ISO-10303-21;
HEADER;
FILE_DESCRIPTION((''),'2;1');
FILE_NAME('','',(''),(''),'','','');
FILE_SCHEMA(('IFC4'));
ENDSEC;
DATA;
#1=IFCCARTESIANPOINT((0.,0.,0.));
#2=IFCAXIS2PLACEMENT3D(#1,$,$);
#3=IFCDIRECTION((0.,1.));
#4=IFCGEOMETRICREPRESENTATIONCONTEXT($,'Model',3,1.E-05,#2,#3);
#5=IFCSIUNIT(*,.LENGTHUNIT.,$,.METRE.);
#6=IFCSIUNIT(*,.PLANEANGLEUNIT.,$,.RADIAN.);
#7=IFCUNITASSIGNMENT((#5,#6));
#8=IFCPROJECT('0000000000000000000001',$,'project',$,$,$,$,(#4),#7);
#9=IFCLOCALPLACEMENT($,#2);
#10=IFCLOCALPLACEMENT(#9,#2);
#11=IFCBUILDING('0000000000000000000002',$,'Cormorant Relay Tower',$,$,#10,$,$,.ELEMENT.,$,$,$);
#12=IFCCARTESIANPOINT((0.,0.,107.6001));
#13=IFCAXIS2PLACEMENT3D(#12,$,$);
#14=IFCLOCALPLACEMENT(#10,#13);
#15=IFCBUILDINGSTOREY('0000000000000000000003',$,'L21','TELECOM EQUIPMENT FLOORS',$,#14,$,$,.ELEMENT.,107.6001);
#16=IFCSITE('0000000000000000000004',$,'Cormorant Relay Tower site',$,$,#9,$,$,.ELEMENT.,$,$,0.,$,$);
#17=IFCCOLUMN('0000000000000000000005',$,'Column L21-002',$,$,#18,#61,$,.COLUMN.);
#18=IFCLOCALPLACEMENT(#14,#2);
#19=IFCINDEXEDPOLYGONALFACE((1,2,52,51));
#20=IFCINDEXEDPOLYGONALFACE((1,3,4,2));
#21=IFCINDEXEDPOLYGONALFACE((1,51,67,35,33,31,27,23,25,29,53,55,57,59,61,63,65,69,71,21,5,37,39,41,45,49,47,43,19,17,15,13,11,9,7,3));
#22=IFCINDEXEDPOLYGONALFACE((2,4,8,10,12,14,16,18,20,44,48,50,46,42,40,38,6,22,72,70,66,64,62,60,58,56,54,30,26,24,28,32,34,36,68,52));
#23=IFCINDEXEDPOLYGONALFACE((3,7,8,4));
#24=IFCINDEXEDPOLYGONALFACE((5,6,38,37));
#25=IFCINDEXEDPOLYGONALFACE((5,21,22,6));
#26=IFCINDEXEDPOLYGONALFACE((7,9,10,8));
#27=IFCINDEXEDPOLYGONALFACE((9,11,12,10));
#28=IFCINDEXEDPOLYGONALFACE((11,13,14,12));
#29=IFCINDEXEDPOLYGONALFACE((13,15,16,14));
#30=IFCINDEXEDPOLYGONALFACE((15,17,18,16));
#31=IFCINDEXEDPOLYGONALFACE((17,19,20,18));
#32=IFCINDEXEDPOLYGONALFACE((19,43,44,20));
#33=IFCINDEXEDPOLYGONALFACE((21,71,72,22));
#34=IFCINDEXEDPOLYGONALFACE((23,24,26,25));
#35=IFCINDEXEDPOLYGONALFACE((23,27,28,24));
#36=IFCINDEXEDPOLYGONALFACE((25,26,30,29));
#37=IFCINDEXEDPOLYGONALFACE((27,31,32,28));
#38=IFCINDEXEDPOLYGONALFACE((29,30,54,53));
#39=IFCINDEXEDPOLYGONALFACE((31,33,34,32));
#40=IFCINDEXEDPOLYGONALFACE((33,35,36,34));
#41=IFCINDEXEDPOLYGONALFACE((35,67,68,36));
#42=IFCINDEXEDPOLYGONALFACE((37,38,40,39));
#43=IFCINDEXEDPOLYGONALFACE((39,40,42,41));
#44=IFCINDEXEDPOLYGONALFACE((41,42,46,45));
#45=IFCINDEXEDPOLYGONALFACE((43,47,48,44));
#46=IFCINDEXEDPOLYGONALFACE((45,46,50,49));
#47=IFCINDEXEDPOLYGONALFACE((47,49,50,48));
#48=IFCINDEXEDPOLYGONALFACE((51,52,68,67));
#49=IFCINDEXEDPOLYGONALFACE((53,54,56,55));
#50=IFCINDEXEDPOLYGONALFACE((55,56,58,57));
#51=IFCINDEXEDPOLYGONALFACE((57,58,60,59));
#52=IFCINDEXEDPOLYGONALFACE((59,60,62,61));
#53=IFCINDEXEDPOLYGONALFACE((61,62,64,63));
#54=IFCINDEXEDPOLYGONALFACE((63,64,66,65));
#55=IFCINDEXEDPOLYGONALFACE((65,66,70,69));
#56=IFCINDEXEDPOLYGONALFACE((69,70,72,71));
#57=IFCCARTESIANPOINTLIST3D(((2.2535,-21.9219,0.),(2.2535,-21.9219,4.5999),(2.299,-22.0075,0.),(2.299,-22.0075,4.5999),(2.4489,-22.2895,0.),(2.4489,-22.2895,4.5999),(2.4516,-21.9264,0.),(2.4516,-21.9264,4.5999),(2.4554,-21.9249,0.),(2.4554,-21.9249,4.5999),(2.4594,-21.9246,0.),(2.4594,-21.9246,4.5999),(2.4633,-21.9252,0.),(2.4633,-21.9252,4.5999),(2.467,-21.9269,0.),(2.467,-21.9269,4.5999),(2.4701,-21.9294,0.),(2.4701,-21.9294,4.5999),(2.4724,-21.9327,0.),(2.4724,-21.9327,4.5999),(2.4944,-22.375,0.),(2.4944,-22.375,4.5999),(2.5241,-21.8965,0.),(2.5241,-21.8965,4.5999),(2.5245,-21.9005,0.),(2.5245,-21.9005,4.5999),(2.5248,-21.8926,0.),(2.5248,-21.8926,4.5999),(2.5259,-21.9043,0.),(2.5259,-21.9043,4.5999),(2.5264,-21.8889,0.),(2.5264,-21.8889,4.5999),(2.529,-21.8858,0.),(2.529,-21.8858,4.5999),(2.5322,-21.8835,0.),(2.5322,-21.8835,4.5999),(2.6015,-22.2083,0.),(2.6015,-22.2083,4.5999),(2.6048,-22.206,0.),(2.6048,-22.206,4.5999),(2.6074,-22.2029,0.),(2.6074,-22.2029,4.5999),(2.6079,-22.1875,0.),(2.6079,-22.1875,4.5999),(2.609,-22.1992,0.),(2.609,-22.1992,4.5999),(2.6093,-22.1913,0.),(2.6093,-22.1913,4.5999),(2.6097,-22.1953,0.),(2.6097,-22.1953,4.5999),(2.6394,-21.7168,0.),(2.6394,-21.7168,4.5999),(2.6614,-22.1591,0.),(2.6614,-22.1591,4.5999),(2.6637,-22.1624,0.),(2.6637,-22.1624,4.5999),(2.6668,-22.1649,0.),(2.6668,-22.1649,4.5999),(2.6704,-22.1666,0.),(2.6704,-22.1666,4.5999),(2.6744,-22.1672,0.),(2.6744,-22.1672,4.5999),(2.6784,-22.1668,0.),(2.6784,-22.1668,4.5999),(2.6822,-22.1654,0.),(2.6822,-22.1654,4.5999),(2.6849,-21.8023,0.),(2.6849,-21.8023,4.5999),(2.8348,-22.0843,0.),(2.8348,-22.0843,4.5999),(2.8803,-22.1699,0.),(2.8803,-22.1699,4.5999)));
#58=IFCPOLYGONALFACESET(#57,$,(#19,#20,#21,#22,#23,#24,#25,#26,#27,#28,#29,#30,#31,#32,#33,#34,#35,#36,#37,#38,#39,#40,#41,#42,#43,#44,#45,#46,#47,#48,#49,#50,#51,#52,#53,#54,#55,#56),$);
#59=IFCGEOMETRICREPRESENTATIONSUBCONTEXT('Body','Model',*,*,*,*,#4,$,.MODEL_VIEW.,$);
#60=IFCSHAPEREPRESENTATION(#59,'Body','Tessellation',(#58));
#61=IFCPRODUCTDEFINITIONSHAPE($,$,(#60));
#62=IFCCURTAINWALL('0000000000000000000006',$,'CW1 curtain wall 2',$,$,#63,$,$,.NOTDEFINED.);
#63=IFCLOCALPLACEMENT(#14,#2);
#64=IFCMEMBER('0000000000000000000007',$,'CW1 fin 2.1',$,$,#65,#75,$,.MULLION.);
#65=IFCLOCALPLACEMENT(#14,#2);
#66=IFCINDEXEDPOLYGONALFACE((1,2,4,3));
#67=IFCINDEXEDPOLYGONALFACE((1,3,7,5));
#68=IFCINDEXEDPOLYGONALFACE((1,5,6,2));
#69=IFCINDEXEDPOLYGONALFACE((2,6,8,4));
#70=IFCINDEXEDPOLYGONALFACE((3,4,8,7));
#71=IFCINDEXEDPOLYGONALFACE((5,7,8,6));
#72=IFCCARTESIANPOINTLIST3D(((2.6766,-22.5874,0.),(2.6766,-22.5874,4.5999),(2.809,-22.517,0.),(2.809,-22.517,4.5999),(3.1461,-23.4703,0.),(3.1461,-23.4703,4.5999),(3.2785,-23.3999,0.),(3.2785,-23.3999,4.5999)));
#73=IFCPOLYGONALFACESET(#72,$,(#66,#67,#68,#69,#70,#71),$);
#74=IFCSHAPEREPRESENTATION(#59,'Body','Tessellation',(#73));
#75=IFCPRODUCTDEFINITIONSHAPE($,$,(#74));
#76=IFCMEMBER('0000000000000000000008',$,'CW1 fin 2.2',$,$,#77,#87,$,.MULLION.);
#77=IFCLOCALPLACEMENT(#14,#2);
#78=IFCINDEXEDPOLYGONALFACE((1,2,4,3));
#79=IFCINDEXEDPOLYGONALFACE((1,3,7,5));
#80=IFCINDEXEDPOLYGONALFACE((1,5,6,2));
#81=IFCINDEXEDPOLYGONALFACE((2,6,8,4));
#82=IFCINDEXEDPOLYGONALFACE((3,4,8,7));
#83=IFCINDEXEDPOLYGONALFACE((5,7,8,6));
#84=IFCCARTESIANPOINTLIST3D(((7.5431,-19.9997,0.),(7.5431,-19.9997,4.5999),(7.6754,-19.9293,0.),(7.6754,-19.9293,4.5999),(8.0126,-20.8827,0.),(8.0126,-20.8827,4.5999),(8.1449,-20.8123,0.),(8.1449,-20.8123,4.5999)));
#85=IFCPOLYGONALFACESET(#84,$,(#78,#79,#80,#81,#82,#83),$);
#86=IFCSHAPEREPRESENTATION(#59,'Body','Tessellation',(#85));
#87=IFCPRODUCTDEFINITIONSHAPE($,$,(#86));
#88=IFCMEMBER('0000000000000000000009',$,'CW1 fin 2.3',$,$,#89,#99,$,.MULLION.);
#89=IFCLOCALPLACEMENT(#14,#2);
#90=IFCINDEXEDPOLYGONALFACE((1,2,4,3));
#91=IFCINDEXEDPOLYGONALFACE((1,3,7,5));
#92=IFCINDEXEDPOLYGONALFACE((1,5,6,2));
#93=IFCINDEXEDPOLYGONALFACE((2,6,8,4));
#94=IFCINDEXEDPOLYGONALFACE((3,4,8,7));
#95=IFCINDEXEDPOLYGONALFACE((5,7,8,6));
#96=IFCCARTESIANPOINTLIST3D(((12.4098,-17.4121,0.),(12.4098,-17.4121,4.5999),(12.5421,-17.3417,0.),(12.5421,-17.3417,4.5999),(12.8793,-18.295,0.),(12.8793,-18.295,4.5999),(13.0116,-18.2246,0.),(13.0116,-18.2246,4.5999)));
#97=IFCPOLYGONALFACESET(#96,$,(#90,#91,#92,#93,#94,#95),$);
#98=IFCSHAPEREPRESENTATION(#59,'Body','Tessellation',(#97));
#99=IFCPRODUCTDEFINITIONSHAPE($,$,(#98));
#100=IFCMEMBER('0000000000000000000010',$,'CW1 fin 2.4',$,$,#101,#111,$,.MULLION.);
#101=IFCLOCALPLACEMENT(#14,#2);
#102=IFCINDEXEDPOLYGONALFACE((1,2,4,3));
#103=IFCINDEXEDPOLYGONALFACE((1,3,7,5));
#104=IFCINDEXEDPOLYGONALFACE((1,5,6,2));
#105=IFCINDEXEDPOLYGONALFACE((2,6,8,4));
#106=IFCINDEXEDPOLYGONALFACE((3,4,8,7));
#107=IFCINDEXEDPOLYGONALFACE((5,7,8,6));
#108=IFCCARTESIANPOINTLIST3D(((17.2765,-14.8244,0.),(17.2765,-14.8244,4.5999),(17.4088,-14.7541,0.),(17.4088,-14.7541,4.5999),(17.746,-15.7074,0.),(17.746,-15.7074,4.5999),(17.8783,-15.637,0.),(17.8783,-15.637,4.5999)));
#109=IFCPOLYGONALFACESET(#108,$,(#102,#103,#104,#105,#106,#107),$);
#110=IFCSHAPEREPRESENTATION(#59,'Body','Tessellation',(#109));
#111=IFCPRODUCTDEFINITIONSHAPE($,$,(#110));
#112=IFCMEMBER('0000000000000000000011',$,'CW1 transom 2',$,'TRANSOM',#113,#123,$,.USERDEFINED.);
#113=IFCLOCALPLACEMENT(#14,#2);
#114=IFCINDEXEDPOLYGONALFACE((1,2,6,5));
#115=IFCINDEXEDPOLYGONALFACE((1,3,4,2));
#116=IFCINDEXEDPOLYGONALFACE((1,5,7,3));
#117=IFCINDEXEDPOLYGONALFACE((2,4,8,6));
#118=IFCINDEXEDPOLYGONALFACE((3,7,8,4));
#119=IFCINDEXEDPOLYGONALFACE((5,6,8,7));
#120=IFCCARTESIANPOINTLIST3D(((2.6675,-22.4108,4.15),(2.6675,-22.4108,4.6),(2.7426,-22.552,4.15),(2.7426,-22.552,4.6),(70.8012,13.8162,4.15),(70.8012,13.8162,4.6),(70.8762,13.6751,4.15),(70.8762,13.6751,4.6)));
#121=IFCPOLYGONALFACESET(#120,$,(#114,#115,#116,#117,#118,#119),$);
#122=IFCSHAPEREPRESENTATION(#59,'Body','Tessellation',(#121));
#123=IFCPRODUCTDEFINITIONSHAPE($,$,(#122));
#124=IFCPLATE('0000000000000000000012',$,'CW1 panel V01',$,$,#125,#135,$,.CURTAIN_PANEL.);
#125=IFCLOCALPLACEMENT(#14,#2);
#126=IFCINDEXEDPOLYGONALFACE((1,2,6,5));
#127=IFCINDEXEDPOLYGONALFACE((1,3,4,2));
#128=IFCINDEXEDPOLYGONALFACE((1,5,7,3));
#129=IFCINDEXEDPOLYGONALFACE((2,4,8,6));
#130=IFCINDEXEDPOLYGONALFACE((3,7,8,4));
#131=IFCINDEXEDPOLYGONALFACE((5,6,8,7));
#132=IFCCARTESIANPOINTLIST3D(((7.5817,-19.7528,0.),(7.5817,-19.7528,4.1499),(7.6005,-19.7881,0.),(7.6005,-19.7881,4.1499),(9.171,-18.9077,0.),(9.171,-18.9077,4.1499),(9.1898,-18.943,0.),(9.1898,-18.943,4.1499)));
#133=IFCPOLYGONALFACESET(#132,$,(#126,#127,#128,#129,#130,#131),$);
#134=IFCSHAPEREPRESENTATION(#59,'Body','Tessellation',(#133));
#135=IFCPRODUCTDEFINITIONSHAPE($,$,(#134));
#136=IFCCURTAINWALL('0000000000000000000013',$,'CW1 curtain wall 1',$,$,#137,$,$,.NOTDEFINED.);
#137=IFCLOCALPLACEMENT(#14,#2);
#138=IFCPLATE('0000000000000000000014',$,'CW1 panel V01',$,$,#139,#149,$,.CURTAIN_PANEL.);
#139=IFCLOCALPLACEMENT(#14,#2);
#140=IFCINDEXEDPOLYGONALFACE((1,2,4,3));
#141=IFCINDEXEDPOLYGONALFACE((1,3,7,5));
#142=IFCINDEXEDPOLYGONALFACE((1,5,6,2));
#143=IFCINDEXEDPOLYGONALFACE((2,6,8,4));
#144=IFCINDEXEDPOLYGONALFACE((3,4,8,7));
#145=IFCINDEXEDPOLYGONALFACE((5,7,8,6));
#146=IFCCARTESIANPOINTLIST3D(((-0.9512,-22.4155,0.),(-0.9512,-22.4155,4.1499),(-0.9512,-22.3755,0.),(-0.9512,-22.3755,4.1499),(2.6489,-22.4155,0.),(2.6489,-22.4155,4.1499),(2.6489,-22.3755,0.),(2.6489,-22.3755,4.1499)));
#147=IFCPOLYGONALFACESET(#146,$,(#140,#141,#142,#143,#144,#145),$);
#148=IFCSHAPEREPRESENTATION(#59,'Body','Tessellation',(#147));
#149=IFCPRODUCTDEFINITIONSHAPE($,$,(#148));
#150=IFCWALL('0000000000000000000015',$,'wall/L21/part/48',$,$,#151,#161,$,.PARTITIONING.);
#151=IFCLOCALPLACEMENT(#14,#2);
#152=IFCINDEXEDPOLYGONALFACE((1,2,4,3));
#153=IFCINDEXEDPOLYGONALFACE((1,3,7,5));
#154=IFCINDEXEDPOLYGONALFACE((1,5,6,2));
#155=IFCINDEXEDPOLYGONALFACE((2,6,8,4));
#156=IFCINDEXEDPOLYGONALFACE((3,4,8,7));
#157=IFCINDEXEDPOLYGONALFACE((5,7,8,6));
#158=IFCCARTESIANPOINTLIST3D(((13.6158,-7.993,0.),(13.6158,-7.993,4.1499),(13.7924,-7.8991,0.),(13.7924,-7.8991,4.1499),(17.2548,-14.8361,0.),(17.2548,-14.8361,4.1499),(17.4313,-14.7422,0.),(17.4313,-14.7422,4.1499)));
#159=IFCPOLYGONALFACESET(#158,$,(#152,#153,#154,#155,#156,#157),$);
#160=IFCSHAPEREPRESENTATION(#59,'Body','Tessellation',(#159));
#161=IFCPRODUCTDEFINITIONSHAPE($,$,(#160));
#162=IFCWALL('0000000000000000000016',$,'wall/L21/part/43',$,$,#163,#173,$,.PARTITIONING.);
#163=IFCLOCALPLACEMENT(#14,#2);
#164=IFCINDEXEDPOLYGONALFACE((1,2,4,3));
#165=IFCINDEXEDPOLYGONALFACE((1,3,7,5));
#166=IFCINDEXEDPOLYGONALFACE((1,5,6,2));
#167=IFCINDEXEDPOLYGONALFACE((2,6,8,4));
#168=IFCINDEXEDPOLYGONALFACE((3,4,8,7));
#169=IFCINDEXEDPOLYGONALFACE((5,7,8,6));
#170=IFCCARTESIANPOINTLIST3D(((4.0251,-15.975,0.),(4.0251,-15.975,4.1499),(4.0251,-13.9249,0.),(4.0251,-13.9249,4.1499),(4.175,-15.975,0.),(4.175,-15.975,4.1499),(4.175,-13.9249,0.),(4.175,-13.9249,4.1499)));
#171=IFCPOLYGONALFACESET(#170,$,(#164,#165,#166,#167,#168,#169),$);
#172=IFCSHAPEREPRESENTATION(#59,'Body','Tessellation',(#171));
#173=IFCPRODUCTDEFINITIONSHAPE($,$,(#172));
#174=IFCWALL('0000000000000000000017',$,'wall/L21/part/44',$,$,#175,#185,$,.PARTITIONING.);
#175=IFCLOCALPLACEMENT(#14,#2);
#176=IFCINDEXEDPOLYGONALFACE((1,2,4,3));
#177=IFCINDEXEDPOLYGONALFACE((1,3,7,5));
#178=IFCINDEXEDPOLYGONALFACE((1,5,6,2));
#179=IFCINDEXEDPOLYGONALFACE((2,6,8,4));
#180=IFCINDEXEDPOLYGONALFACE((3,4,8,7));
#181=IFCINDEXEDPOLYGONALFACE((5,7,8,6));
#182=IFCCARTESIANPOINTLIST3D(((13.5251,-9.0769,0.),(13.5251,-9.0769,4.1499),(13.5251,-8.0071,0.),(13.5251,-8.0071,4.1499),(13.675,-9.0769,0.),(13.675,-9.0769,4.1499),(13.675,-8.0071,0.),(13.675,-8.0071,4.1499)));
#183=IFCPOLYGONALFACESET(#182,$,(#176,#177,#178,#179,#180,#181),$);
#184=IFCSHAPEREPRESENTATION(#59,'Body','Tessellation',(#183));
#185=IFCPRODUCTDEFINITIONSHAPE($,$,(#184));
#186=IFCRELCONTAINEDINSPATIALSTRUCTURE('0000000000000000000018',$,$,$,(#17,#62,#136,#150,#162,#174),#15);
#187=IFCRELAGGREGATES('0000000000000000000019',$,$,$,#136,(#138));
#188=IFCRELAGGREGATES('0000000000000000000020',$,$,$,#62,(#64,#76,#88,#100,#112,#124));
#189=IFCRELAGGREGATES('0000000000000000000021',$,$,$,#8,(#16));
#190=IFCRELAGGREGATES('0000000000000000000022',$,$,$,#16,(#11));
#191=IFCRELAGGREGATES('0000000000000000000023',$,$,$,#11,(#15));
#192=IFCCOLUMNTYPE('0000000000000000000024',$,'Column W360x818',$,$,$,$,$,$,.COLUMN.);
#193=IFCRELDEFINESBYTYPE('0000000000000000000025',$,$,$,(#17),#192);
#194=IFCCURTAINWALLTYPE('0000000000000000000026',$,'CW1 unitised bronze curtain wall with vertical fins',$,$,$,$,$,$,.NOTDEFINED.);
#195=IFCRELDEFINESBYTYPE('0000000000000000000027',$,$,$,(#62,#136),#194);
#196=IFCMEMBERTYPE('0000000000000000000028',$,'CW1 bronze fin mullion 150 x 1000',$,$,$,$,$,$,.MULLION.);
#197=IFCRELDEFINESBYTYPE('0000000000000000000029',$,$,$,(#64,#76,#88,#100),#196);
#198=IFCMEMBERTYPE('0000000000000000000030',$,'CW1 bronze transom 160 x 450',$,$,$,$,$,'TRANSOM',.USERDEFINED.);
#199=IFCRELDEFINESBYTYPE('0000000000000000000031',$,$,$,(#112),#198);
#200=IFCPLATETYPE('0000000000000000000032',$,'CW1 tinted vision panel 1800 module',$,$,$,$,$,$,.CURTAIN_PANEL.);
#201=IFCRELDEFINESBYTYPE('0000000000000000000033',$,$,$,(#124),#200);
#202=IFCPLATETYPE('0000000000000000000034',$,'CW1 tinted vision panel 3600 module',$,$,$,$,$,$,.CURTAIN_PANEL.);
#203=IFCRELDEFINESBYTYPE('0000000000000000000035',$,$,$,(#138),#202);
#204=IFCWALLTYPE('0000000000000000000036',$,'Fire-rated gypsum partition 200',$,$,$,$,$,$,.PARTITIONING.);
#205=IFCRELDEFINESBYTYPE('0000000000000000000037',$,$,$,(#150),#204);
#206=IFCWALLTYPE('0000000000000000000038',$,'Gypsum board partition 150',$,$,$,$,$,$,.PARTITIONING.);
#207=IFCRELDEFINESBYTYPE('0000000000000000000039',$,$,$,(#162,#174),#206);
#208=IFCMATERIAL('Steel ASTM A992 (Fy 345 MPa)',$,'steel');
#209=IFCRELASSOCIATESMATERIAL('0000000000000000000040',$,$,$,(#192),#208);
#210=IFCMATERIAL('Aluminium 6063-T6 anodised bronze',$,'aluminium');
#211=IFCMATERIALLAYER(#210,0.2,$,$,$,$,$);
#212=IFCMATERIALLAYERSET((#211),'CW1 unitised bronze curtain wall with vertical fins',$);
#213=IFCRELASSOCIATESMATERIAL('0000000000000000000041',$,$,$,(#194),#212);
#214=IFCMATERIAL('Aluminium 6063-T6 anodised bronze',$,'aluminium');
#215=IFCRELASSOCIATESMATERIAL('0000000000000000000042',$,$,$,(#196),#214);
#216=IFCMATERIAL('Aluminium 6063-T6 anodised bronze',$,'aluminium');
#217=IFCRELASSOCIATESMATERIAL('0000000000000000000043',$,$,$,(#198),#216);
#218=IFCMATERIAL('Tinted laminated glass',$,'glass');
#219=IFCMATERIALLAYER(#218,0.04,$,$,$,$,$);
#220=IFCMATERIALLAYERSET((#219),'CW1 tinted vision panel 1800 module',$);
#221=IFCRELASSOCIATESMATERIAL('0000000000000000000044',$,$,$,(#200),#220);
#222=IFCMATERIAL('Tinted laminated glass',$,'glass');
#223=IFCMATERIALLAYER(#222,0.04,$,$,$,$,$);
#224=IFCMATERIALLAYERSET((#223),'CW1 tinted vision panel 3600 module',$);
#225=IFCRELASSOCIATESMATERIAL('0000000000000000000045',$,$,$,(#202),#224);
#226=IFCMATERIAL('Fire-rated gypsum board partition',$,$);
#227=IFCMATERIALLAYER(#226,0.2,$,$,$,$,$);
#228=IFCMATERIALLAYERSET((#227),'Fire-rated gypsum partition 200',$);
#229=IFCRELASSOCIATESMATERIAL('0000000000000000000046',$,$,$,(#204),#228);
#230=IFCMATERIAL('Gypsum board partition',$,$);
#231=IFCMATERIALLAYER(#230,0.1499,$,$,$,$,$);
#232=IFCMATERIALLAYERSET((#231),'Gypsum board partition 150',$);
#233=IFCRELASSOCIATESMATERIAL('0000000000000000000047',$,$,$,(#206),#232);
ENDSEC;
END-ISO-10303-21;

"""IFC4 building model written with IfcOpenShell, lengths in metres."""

from ifc_helpers import new_model, si_unit, direction, frame, frame_2d, origin, origin_2d, place, context, subcontext, project, spatial, rectangle, i_section, extrude, material, layer, layer_set, material_profile, profile_set, type_object, element, aggregate, save


model = new_model("IFC4")

# Units and contexts
model_context = context("Model", 3, precision=1e-05, world=origin(), true_north=direction((0.0, 1.0)))
body_context = subcontext(model_context, "Body", "Model", "MODEL_VIEW")
ifc_project = project(units=[si_unit("LENGTHUNIT", "METRE"), si_unit("PLANEANGLEUNIT", "RADIAN")], contexts=[model_context])

# Site, building, storey
site_placement = place(None, origin())
site = spatial("IfcSite", under=ifc_project, at=site_placement, Name="Cormorant Relay Tower site", CompositionType="ELEMENT", RefElevation=0.0)
building_placement = place(site_placement, origin())
building = spatial("IfcBuilding", under=site, at=building_placement, Name="Cormorant Relay Tower", CompositionType="ELEMENT")
storey_placement = place(building_placement, frame((0.0, 0.0, 107.6001)))
storey = spatial("IfcBuildingStorey", under=building, at=storey_placement, Name="L21", Description="TELECOM EQUIPMENT FLOORS", CompositionType="ELEMENT", Elevation=107.6001)

# Column
ifc_material_1 = material(Name="Steel ASTM A992 (Fy 345 MPa)", Category="steel")
ifc_material_profile_1 = material_profile(ifc_material_1, i_section(OverallWidth=0.437, OverallDepth=0.5132, WebThickness=0.0605, FlangeThickness=0.0969, FilletRadius=0.0154, at=origin_2d()), Name="W360x818")
ifc_profile_set_1 = profile_set([ifc_material_profile_1], Name="Steel ASTM A992 (Fy 345 MPa)")
column_type_1 = type_object("IfcColumnType", Name="Column W360x818", PredefinedType="COLUMN", material=ifc_profile_set_1)
column_1_placement = place(storey_placement, frame((2.5669, -22.0459, 0.0), z_axis=(0.0, 0.0, 1.0), x_axis=(0.882948, 0.469472, 0.0)))
element("IfcColumn", 1, at=column_1_placement, inside=storey, type_object=column_type_1, Name="Column L21-002", PredefinedType="COLUMN", context=body_context, shape_type="SweptSolid", body=[
    extrude(i_section(OverallWidth=0.437, OverallDepth=0.5132, WebThickness=0.0605, FlangeThickness=0.0969, FilletRadius=0.0154, at=origin_2d()), origin(), (0.0, 0.0, 1.0), 4.5999),
])

# Curtain wall, members, plate
ifc_material_2 = material(Name="Aluminium 6063-T6 anodised bronze", Category="aluminium")
ifc_layer_1 = layer(ifc_material_2, 0.2)
ifc_layer_set_1 = layer_set([ifc_layer_1], Name="CW1 unitised bronze curtain wall with vertical fins")
curtain_wall_type = type_object("IfcCurtainWallType", Name="CW1 unitised bronze curtain wall with vertical fins", PredefinedType="NOTDEFINED", material=ifc_layer_set_1)
curtain_wall_1_placement = place(storey_placement, origin())
curtain_wall_1 = element("IfcCurtainWall", 2, at=curtain_wall_1_placement, inside=storey, type_object=curtain_wall_type, Name="CW1 curtain wall 2", PredefinedType="NOTDEFINED")
ifc_material_3 = material(Name="Aluminium 6063-T6 anodised bronze", Category="aluminium")
ifc_material_profile_2 = material_profile(ifc_material_3, rectangle(XDim=0.1499, YDim=1.0, at=origin_2d()), Name="AL 150x1000")
ifc_profile_set_2 = profile_set([ifc_material_profile_2], Name="Aluminium 6063-T6 anodised bronze")
member_type_1 = type_object("IfcMemberType", Name="CW1 bronze fin mullion 150 x 1000", PredefinedType="MULLION", material=ifc_profile_set_2)
member_1_placement = place(storey_placement, frame((2.9775, -22.9937, 0.0), z_axis=(0.0, 0.0, 1.0), x_axis=(0.882948, 0.469472, 0.0)))
member_1 = element("IfcMember", 3, at=member_1_placement, type_object=member_type_1, Name="CW1 fin 2.1", PredefinedType="MULLION", context=body_context, shape_type="SweptSolid", body=[
    extrude(rectangle(XDim=0.1499, YDim=1.0, at=origin_2d()), origin(), (0.0, 0.0, 1.0), 4.5999),
])
member_2_placement = place(storey_placement, frame((7.844, -20.406, 0.0), z_axis=(0.0, 0.0, 1.0), x_axis=(0.882948, 0.469472, 0.0)))
member_2 = element("IfcMember", 4, at=member_2_placement, type_object=member_type_1, Name="CW1 fin 2.2", PredefinedType="MULLION", context=body_context, shape_type="SweptSolid", body=[
    extrude(rectangle(XDim=0.1499, YDim=1.0, at=origin_2d()), origin(), (0.0, 0.0, 1.0), 4.5999),
])
member_3_placement = place(storey_placement, frame((12.7107, -17.8184, 0.0), z_axis=(0.0, 0.0, 1.0), x_axis=(0.882948, 0.469472, 0.0)))
member_3 = element("IfcMember", 5, at=member_3_placement, type_object=member_type_1, Name="CW1 fin 2.3", PredefinedType="MULLION", context=body_context, shape_type="SweptSolid", body=[
    extrude(rectangle(XDim=0.1499, YDim=1.0, at=origin_2d()), origin(), (0.0, 0.0, 1.0), 4.5999),
])
member_4_placement = place(storey_placement, frame((17.5774, -15.2307, 0.0), z_axis=(0.0, 0.0, 1.0), x_axis=(0.882948, 0.469472, 0.0)))
member_4 = element("IfcMember", 6, at=member_4_placement, type_object=member_type_1, Name="CW1 fin 2.4", PredefinedType="MULLION", context=body_context, shape_type="SweptSolid", body=[
    extrude(rectangle(XDim=0.1499, YDim=1.0, at=origin_2d()), origin(), (0.0, 0.0, 1.0), 4.5999),
])
ifc_material_4 = material(Name="Aluminium 6063-T6 anodised bronze", Category="aluminium")
ifc_material_profile_3 = material_profile(ifc_material_4, rectangle(XDim=0.1599, YDim=0.45, at=origin_2d()), Name="AL 160x450")
ifc_profile_set_3 = profile_set([ifc_material_profile_3], Name="Aluminium 6063-T6 anodised bronze")
member_type_2 = type_object("IfcMemberType", Name="CW1 bronze transom 160 x 450", ElementType="TRANSOM", PredefinedType="USERDEFINED", material=ifc_profile_set_3)
member_5_placement = place(storey_placement, frame((2.7051, -22.4814, 4.375), z_axis=(0.882949, 0.46947, 0.0), x_axis=(-0.46947, 0.882949, 0.0)))
member_5 = element("IfcMember", 7, at=member_5_placement, type_object=member_type_2, Name="CW1 transom 2", ObjectType="TRANSOM", PredefinedType="USERDEFINED", context=body_context, shape_type="SweptSolid", body=[
    extrude(rectangle(XDim=0.1599, YDim=0.45, at=origin_2d()), origin(), (0.0, 0.0, 1.0), 77.166),
])
ifc_material_5 = material(Name="Tinted laminated glass", Category="glass")
ifc_layer_2 = layer(ifc_material_5, 0.04)
ifc_layer_set_2 = layer_set([ifc_layer_2], Name="CW1 tinted vision panel 1800 module")
plate_type_1 = type_object("IfcPlateType", Name="CW1 tinted vision panel 1800 module", PredefinedType="CURTAIN_PANEL", material=ifc_layer_set_2)
plate_1_placement = place(storey_placement, frame((8.3857, -19.3479, 0.0), z_axis=(0.0, 0.0, 1.0), x_axis=(0.882948, 0.469472, 0.0)))
plate_1 = element("IfcPlate", 8, at=plate_1_placement, type_object=plate_type_1, Name="CW1 panel V01", PredefinedType="CURTAIN_PANEL", context=body_context, shape_type="SweptSolid", body=[
    extrude(rectangle(XDim=1.8, YDim=0.04, at=origin_2d()), origin(), (0.0, 0.0, 1.0), 4.1499),
])

# Curtain wall, plate
curtain_wall_2_placement = place(storey_placement, origin())
curtain_wall_2 = element("IfcCurtainWall", 9, at=curtain_wall_2_placement, inside=storey, type_object=curtain_wall_type, Name="CW1 curtain wall 1", PredefinedType="NOTDEFINED")
ifc_material_6 = material(Name="Tinted laminated glass", Category="glass")
ifc_layer_3 = layer(ifc_material_6, 0.04)
ifc_layer_set_3 = layer_set([ifc_layer_3], Name="CW1 tinted vision panel 3600 module")
plate_type_2 = type_object("IfcPlateType", Name="CW1 tinted vision panel 3600 module", PredefinedType="CURTAIN_PANEL", material=ifc_layer_set_3)
plate_2_placement = place(storey_placement, frame((0.8489, -22.3955, 0.0), z_axis=(0.0, 0.0, 1.0), x_axis=(1.0, 0.0, 0.0)))
plate_2 = element("IfcPlate", 10, at=plate_2_placement, type_object=plate_type_2, Name="CW1 panel V01", PredefinedType="CURTAIN_PANEL", context=body_context, shape_type="SweptSolid", body=[
    extrude(rectangle(XDim=3.6001, YDim=0.04, at=origin_2d()), origin(), (0.0, 0.0, 1.0), 4.1499),
])
aggregate(curtain_wall_2, [plate_2])

# Walls
ifc_material_7 = material(Name="Fire-rated gypsum board partition")
ifc_layer_4 = layer(ifc_material_7, 0.2)
ifc_layer_set_4 = layer_set([ifc_layer_4], Name="Fire-rated gypsum partition 200")
wall_type_1 = type_object("IfcWallType", Name="Fire-rated gypsum partition 200", PredefinedType="PARTITIONING", material=ifc_layer_set_4)
wall_1_placement = place(storey_placement, frame((13.7041, -7.946, 0.0), z_axis=(0.0, 0.0, 1.0), x_axis=(0.469514, -0.882925, 0.0)))
element("IfcWall", 11, at=wall_1_placement, inside=storey, type_object=wall_type_1, Name="wall/L21/part/48", PredefinedType="PARTITIONING", context=body_context, shape_type="SweptSolid", body=[
    extrude(rectangle(XDim=7.7505, YDim=0.2, at=frame_2d((3.8752, 0.0))), origin(), (0.0, 0.0, 1.0), 4.1499),
])
ifc_material_8 = material(Name="Gypsum board partition")
ifc_layer_5 = layer(ifc_material_8, 0.1499)
ifc_layer_set_5 = layer_set([ifc_layer_5], Name="Gypsum board partition 150")
wall_type_2 = type_object("IfcWallType", Name="Gypsum board partition 150", PredefinedType="PARTITIONING", material=ifc_layer_set_5)
wall_2_placement = place(storey_placement, frame((4.1001, -13.925, 0.0), z_axis=(0.0, 0.0, 1.0), x_axis=(0.0, -1.0, 0.0)))
element("IfcWall", 12, at=wall_2_placement, inside=storey, type_object=wall_type_2, Name="wall/L21/part/43", PredefinedType="PARTITIONING", context=body_context, shape_type="SweptSolid", body=[
    extrude(rectangle(XDim=2.05, YDim=0.1499, at=frame_2d((1.0249, 0.0))), origin(), (0.0, 0.0, 1.0), 4.1499),
])
wall_3_placement = place(storey_placement, frame((13.6001, -8.0071, 0.0), z_axis=(0.0, 0.0, 1.0), x_axis=(0.0, -1.0, 0.0)))
element("IfcWall", 13, at=wall_3_placement, inside=storey, type_object=wall_type_2, Name="wall/L21/part/44", PredefinedType="PARTITIONING", context=body_context, shape_type="SweptSolid", body=[
    extrude(rectangle(XDim=1.0698, YDim=0.1499, at=frame_2d((0.5349, 0.0))), origin(), (0.0, 0.0, 1.0), 4.1499),
])

aggregate(curtain_wall_1, [member_1, member_2, member_3, member_4, member_5, plate_1])

save(model, "model.ifc")
